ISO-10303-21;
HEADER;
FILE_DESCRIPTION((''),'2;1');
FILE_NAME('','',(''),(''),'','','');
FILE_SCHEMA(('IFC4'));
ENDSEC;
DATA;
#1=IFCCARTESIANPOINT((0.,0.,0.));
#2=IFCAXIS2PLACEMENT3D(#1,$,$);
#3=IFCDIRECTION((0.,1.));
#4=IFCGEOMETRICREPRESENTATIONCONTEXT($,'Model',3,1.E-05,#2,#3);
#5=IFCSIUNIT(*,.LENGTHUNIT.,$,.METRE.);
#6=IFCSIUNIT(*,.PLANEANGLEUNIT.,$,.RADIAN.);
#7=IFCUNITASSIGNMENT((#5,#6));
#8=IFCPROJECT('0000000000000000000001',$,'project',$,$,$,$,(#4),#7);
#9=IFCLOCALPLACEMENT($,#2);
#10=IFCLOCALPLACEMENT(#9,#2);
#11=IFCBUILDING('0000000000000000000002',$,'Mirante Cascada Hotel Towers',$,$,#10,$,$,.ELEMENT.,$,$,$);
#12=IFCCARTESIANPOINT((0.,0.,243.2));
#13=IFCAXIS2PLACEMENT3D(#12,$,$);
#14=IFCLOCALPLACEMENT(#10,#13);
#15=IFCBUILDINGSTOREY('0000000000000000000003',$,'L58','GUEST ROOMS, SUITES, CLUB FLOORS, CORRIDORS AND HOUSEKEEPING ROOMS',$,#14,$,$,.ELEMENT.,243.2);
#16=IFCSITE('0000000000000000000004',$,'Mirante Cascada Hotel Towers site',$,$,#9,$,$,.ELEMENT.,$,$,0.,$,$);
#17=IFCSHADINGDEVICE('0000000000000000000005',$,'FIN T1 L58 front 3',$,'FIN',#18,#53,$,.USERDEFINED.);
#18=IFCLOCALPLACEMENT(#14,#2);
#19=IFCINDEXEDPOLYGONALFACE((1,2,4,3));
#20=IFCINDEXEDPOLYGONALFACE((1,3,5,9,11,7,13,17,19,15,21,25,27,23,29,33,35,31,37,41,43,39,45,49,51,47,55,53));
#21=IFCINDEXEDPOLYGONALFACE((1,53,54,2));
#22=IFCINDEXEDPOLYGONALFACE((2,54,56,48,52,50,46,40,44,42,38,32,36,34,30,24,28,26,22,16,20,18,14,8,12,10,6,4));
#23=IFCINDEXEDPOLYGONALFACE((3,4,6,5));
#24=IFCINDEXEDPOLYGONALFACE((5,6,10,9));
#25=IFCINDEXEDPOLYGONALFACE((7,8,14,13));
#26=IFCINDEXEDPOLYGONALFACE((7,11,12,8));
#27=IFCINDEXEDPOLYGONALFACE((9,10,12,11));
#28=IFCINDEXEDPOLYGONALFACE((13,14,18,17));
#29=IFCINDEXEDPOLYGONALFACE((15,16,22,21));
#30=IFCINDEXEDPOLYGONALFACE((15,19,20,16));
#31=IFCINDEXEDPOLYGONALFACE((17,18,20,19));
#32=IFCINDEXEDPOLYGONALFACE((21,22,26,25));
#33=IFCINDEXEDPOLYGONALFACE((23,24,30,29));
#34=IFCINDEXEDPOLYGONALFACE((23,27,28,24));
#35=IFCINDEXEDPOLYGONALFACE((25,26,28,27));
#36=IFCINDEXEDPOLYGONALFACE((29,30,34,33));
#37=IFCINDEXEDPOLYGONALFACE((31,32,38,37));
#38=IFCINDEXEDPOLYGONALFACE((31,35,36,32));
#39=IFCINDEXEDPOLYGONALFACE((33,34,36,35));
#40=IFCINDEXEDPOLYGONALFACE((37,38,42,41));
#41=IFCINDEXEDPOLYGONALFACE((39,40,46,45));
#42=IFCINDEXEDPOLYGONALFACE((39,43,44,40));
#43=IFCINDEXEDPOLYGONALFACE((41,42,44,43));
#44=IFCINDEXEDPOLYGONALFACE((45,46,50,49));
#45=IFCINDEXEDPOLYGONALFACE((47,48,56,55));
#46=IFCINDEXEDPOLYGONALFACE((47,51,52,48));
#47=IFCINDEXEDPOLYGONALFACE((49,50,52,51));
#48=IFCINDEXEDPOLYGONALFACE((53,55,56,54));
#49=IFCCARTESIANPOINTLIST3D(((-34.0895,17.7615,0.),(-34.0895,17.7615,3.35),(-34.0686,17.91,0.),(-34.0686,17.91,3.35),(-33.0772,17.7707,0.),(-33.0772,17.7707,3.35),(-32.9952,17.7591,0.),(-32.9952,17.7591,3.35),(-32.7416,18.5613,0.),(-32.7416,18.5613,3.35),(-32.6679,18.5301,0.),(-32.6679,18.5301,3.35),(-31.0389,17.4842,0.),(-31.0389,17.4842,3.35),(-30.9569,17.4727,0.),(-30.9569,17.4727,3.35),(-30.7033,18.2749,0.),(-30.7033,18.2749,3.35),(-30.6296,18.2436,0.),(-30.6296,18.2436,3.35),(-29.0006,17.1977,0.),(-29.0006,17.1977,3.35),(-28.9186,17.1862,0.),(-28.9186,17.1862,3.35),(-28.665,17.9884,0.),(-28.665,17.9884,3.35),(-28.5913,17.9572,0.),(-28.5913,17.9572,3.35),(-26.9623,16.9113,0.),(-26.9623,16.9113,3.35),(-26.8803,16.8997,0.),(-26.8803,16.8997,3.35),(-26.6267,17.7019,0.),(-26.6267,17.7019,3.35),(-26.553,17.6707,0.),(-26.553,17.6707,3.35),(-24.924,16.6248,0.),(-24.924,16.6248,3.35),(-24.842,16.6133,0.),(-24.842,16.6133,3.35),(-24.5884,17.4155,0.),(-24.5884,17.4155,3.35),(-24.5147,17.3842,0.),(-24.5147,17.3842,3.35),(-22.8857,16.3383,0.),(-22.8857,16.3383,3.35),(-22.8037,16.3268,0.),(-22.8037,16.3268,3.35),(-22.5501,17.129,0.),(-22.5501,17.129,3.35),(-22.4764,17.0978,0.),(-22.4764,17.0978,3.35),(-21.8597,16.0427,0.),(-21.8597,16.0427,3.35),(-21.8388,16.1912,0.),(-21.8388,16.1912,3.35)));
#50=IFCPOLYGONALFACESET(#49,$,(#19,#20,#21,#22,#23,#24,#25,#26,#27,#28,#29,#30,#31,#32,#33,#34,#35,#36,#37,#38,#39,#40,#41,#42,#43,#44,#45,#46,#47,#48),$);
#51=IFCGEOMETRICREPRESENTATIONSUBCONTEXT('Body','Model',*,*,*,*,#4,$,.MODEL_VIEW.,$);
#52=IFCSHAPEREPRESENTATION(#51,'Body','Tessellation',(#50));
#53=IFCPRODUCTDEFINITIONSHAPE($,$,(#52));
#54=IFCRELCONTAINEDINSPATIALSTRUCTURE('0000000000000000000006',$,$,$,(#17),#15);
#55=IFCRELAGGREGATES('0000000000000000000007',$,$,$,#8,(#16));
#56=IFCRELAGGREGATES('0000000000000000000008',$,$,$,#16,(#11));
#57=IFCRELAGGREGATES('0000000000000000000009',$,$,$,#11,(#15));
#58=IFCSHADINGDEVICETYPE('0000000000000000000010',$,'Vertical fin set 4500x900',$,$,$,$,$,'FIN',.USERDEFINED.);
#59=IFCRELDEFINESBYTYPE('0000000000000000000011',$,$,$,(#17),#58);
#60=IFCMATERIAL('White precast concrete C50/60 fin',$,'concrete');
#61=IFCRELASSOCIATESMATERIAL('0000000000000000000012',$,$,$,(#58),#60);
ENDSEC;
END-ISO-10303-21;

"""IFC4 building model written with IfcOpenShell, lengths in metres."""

from ifc_helpers import new_model, si_unit, direction, frame, origin, place, context, subcontext, project, spatial, polyline, outline, extrude, material, type_object, element, save


model = new_model("IFC4")

# Units and contexts
model_context = context("Model", 3, precision=1e-05, world=origin(), true_north=direction((0.0, 1.0)))
body_context = subcontext(model_context, "Body", "Model", "MODEL_VIEW")
ifc_project = project(units=[si_unit("LENGTHUNIT", "METRE"), si_unit("PLANEANGLEUNIT", "RADIAN")], contexts=[model_context])

# Site, building, storey
site_placement = place(None, origin())
site = spatial("IfcSite", under=ifc_project, at=site_placement, Name="Mirante Cascada Hotel Towers site", CompositionType="ELEMENT", RefElevation=0.0)
building_placement = place(site_placement, origin())
building = spatial("IfcBuilding", under=site, at=building_placement, Name="Mirante Cascada Hotel Towers", CompositionType="ELEMENT")
storey_placement = place(building_placement, frame((0.0, 0.0, 243.2)))
storey = spatial("IfcBuildingStorey", under=building, at=storey_placement, Name="L58", Description="GUEST ROOMS, SUITES, CLUB FLOORS, CORRIDORS AND HOUSEKEEPING ROOMS", CompositionType="ELEMENT", Elevation=243.2)

# Shading device
ifc_material_1 = material(Name="White precast concrete C50/60 fin", Category="concrete")
shading_device_type = type_object("IfcShadingDeviceType", Name="Vertical fin set 4500x900", ElementType="FIN", PredefinedType="USERDEFINED", material=ifc_material_1)
shading_device_1_placement = place(storey_placement, origin())
element("IfcShadingDevice", 1, at=shading_device_1_placement, inside=storey, type_object=shading_device_type, Name="FIN T1 L58 front 3", ObjectType="FIN", PredefinedType="USERDEFINED", context=body_context, shape_type="SweptSolid", body=[
    extrude(outline(polyline([(-22.4764, 17.0978), (-22.8037, 16.3268), (-21.8388, 16.1912), (-21.8597, 16.0427), (-34.0895, 17.7615), (-34.0686, 17.91), (-33.0772, 17.7707), (-32.7416, 18.5613), (-32.6679, 18.5301), (-32.9952, 17.7591), (-31.0389, 17.4842), (-30.7033, 18.2749), (-30.6296, 18.2436), (-30.9569, 17.4727), (-29.0006, 17.1977), (-28.665, 17.9884), (-28.5913, 17.9572), (-28.9186, 17.1862), (-26.9623, 16.9113), (-26.6267, 17.7019), (-26.553, 17.6707), (-26.8803, 16.8997), (-24.924, 16.6248), (-24.5884, 17.4155), (-24.5147, 17.3842), (-24.842, 16.6133), (-22.8857, 16.3383), (-22.5501, 17.129), (-22.4764, 17.0978)])), origin(), (0.0, 0.0, 1.0), 3.35),
])

save(model, "model.ifc")
